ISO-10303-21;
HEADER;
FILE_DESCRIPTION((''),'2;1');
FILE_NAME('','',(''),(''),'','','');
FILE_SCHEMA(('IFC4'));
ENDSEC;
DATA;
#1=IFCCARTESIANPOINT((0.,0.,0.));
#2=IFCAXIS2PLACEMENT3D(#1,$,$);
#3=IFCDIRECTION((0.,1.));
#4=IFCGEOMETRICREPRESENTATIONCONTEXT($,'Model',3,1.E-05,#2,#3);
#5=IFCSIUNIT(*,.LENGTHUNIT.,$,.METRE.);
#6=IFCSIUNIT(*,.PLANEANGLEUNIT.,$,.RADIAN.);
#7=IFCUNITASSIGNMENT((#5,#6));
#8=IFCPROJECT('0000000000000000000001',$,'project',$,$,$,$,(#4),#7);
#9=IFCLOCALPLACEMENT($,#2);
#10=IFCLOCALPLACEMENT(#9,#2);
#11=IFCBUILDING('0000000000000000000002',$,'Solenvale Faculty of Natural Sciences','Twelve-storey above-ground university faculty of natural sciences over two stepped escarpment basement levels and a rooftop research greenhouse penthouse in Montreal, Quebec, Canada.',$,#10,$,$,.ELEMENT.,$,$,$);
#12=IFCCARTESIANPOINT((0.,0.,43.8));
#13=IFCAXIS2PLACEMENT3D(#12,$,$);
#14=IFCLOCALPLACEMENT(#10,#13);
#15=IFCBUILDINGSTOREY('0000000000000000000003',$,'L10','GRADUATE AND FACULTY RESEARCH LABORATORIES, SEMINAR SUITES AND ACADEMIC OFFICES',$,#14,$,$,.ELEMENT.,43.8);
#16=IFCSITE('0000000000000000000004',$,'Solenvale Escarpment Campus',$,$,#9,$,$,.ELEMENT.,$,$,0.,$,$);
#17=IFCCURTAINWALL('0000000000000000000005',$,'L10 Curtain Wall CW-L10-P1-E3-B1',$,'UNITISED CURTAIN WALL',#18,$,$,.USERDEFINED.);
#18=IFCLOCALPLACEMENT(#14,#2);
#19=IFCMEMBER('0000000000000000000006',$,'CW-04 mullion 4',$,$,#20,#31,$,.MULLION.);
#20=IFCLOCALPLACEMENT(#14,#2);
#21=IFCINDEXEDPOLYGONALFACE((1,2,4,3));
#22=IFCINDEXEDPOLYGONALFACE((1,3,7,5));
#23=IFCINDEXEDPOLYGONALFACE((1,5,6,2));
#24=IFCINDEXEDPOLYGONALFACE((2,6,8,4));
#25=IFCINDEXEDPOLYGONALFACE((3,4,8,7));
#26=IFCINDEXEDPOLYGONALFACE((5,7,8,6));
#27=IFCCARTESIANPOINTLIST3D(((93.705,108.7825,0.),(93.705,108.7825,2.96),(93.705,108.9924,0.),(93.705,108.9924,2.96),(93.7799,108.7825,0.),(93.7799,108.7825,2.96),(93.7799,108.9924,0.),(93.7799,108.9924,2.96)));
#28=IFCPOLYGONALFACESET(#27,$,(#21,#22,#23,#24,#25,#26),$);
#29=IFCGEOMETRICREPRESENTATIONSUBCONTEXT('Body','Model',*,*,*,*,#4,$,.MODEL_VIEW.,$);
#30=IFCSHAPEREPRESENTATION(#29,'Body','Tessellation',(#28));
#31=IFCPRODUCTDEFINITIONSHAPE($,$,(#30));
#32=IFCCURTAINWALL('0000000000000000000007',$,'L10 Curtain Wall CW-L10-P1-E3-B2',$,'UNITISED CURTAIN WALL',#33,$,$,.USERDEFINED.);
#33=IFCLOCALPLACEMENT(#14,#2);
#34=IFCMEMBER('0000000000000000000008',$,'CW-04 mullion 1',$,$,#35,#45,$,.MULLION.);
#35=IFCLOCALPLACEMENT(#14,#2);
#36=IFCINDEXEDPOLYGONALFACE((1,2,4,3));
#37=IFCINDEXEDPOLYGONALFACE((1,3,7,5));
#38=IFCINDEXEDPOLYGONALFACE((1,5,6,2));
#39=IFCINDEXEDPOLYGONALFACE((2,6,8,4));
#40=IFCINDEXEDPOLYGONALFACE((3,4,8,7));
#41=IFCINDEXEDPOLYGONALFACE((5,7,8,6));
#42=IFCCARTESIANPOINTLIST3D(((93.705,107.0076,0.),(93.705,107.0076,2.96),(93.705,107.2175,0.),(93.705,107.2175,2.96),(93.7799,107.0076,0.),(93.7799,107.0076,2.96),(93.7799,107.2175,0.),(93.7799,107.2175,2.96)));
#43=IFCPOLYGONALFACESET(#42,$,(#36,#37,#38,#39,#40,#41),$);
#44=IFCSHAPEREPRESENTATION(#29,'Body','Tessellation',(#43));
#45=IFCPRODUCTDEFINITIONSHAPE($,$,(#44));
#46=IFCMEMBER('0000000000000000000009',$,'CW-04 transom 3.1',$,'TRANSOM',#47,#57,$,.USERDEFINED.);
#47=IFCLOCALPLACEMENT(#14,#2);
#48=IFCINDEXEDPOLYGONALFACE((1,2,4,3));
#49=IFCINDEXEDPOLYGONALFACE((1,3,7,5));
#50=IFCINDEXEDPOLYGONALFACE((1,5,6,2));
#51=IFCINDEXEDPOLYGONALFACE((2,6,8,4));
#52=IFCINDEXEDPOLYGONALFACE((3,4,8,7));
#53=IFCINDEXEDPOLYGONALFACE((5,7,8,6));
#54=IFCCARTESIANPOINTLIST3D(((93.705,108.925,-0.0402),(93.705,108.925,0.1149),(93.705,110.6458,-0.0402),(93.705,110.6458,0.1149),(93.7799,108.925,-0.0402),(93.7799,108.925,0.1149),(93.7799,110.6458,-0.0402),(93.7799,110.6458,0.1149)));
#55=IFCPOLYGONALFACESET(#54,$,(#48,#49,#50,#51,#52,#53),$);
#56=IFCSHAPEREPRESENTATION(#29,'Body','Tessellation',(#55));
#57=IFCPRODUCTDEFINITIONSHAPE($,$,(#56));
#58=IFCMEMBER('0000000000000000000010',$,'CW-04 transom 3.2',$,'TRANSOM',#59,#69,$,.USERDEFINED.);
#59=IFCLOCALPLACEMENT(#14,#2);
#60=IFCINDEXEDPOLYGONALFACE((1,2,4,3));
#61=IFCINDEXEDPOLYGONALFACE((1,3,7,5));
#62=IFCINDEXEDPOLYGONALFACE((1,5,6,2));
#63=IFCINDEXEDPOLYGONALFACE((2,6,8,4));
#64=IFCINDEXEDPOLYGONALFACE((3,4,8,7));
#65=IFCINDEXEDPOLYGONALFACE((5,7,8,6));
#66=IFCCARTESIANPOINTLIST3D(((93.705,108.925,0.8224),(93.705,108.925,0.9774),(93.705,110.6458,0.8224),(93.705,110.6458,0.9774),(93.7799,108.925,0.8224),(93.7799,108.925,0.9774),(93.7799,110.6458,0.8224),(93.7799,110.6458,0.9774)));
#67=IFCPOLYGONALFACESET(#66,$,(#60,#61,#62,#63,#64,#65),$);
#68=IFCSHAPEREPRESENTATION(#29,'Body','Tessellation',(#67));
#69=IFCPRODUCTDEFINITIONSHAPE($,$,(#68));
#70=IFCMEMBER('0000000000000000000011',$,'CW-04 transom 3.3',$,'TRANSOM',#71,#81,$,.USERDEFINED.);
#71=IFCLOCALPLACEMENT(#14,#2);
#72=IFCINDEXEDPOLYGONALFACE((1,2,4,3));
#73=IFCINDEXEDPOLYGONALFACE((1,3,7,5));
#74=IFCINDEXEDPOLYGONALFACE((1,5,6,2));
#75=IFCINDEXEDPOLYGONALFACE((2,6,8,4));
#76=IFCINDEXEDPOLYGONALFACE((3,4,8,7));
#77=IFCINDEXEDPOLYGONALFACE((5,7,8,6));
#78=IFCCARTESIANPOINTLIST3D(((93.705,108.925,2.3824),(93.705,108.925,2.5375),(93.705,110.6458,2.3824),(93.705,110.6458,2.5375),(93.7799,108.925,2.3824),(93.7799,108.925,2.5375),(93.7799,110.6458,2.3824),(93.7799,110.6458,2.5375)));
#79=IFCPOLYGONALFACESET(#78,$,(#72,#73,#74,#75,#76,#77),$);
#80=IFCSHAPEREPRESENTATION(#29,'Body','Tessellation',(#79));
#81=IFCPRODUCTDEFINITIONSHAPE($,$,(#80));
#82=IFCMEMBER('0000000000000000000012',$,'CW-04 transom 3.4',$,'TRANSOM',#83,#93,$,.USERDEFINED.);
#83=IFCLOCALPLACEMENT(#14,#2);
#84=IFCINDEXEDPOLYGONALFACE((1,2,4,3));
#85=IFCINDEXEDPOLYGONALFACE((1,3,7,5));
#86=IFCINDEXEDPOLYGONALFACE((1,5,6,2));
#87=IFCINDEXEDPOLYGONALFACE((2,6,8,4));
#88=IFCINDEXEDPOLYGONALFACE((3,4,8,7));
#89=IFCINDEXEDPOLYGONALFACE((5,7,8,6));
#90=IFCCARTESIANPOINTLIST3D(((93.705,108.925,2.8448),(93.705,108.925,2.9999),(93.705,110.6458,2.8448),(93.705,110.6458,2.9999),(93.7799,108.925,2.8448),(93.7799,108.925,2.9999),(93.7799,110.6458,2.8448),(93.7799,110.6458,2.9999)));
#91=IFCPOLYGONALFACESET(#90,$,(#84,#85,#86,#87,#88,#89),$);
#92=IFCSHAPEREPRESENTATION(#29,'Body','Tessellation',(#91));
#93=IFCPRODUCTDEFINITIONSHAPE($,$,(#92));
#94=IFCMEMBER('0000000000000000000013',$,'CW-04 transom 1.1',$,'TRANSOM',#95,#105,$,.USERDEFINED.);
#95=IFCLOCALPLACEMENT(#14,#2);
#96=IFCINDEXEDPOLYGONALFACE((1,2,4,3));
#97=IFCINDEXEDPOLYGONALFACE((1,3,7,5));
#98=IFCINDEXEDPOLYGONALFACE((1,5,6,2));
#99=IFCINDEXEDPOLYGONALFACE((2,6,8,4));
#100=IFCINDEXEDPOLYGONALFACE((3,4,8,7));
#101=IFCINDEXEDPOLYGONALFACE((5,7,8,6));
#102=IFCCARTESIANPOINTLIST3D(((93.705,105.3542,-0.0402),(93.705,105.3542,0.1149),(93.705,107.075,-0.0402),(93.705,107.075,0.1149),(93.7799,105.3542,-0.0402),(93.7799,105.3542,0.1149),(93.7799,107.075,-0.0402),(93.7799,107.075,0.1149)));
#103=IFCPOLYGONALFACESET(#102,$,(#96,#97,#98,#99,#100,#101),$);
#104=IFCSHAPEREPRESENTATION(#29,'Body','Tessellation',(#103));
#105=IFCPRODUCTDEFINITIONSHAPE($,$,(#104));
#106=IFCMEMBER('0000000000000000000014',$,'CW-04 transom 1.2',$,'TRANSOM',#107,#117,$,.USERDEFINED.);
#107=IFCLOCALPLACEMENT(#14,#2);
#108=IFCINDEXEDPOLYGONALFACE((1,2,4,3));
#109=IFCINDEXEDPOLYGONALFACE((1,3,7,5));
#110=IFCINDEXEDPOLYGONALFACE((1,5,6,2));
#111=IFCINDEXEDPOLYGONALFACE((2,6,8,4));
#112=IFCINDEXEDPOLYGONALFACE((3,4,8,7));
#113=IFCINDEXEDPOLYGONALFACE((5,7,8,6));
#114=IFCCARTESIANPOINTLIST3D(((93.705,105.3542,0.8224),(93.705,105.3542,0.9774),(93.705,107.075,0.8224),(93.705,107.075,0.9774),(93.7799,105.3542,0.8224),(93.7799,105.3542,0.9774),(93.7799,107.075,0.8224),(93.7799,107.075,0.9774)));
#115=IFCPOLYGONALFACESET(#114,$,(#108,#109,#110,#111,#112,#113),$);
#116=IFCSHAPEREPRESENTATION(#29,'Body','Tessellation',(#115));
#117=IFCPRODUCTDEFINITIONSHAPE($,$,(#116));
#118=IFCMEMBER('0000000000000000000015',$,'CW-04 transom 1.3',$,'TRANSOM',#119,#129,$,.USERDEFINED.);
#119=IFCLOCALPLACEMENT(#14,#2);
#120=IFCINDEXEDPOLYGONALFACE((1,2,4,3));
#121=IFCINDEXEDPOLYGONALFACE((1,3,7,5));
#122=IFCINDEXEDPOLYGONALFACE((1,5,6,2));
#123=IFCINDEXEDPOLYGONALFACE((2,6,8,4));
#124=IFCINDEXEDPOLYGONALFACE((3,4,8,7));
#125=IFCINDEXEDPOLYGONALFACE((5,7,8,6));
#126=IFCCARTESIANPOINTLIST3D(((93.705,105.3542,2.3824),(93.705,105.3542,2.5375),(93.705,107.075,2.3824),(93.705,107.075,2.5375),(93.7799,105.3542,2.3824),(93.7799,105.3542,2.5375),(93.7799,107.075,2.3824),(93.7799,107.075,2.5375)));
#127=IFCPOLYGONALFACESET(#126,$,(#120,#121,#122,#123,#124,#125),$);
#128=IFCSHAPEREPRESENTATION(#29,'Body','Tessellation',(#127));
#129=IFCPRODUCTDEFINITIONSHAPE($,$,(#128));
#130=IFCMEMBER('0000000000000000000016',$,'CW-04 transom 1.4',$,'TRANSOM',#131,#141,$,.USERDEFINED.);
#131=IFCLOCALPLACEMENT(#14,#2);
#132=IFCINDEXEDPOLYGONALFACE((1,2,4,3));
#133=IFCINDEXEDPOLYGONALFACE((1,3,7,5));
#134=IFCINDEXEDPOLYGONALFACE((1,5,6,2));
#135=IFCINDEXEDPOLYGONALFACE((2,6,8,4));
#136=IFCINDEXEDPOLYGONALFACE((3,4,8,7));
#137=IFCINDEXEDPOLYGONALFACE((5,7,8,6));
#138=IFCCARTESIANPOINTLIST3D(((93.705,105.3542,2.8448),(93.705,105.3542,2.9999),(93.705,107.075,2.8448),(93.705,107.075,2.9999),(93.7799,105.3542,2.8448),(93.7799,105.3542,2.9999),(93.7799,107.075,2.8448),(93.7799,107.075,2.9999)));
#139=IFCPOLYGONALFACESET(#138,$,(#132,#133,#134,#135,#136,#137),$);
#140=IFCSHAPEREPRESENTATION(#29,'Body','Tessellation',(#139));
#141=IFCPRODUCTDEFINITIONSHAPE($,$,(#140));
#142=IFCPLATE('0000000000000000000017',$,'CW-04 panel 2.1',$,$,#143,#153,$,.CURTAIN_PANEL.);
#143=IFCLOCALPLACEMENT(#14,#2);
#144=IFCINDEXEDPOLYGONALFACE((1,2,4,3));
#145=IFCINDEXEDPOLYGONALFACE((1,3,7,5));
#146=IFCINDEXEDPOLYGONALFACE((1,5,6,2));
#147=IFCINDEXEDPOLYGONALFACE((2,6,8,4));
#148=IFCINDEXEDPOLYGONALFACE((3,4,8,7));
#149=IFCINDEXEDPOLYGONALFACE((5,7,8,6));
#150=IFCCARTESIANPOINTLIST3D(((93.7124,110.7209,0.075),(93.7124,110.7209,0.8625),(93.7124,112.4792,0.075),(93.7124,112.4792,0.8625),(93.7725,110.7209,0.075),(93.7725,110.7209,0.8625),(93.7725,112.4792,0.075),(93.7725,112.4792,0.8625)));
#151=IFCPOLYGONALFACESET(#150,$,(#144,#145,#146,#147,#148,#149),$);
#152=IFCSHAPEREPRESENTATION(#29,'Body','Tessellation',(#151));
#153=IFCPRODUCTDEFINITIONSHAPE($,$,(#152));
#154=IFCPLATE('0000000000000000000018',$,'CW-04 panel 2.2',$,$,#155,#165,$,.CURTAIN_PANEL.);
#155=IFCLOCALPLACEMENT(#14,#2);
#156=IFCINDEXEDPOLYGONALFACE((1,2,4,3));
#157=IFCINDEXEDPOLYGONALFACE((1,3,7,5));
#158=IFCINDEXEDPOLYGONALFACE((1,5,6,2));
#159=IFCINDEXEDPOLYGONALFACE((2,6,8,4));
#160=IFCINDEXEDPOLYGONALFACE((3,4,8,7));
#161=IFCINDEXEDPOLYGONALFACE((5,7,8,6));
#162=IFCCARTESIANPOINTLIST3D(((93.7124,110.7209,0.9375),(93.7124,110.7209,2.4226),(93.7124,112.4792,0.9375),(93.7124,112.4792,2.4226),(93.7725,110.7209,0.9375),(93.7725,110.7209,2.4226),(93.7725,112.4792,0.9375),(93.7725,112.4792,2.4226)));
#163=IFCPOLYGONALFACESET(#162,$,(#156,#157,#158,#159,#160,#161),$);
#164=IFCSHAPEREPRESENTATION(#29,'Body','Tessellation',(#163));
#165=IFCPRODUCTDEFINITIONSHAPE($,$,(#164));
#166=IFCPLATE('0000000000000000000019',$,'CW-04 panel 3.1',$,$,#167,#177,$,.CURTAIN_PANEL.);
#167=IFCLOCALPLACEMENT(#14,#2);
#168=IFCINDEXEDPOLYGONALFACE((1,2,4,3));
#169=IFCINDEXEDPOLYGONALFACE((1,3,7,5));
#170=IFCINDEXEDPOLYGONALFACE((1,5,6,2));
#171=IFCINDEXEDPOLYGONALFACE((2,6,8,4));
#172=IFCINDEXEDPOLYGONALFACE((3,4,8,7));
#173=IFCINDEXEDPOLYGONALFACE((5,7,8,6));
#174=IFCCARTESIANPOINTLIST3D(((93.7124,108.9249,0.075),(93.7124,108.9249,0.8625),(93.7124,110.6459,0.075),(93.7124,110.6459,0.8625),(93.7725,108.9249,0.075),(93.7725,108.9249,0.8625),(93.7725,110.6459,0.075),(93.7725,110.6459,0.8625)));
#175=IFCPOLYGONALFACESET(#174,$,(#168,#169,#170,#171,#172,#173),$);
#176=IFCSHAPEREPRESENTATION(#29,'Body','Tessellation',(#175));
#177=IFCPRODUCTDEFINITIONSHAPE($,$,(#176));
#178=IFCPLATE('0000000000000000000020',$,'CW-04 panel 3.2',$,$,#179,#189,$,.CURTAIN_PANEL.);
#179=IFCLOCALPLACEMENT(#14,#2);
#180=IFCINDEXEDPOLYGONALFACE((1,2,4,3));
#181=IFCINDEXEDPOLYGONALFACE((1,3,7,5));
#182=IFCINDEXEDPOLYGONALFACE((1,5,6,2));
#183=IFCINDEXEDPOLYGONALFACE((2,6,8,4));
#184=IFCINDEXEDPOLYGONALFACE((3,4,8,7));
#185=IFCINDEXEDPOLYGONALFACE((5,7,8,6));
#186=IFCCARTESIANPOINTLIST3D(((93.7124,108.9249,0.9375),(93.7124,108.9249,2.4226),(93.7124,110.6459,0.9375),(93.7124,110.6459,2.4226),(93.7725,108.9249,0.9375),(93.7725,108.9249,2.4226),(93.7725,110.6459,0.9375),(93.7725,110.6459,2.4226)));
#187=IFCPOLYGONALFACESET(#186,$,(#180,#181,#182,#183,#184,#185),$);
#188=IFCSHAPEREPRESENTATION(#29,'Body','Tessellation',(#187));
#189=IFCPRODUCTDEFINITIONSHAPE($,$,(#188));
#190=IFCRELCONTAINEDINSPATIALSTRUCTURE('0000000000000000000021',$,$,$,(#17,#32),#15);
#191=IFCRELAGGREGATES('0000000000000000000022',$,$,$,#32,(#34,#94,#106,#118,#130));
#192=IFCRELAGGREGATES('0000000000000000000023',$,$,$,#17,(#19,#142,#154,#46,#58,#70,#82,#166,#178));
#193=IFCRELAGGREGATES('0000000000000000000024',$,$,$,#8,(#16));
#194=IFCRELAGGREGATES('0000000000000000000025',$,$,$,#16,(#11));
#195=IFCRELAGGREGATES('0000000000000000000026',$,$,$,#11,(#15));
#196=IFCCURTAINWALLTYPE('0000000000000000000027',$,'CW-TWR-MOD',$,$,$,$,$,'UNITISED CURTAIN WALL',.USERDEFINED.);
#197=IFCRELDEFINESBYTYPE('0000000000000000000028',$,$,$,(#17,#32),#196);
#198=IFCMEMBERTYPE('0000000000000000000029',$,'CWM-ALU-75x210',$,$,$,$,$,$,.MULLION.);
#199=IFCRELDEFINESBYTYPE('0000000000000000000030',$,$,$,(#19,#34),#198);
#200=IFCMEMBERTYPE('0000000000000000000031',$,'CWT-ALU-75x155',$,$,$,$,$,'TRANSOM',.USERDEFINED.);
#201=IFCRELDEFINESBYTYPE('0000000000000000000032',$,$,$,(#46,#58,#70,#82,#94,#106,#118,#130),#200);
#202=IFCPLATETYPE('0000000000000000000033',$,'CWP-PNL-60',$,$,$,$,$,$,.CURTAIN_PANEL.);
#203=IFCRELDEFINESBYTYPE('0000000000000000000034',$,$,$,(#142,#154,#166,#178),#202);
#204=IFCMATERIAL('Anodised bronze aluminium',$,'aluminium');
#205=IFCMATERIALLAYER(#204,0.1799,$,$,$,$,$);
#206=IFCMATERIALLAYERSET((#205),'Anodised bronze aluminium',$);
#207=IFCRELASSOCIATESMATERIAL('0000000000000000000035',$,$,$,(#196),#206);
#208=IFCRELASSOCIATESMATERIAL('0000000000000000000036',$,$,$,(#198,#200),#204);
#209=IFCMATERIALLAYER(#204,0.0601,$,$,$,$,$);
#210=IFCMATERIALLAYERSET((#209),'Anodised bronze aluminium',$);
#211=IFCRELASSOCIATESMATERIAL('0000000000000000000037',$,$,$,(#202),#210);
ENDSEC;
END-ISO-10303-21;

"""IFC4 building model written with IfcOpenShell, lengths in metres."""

from ifc_helpers import new_model, si_unit, direction, frame, origin, origin_2d, place, context, subcontext, project, spatial, rectangle, extrude, material, layer, layer_set, material_profile, profile_set, type_object, element, aggregate, save


model = new_model("IFC4")

# Units and contexts
model_context = context("Model", 3, precision=1e-05, world=origin(), true_north=direction((0.0, 1.0)))
body_context = subcontext(model_context, "Body", "Model", "MODEL_VIEW")
ifc_project = project(units=[si_unit("LENGTHUNIT", "METRE"), si_unit("PLANEANGLEUNIT", "RADIAN")], contexts=[model_context])

# Site, building, storey
site_placement = place(None, origin())
site = spatial("IfcSite", under=ifc_project, at=site_placement, Name="Solenvale Escarpment Campus", CompositionType="ELEMENT", RefElevation=0.0)
building_placement = place(site_placement, origin())
building = spatial("IfcBuilding", under=site, at=building_placement, Name="Solenvale Faculty of Natural Sciences", Description="Twelve-storey above-ground university faculty of natural sciences over two stepped escarpment basement levels and a rooftop research greenhouse penthouse in Montreal, Quebec, Canada.", CompositionType="ELEMENT")
storey_placement = place(building_placement, frame((0.0, 0.0, 43.8)))
storey = spatial("IfcBuildingStorey", under=building, at=storey_placement, Name="L10", Description="GRADUATE AND FACULTY RESEARCH LABORATORIES, SEMINAR SUITES AND ACADEMIC OFFICES", CompositionType="ELEMENT", Elevation=43.8)

# Curtain wall, member
ifc_material_1 = material(Name="Anodised bronze aluminium", Category="aluminium")
ifc_layer_1 = layer(ifc_material_1, 0.1799)
ifc_layer_set_1 = layer_set([ifc_layer_1], Name="Anodised bronze aluminium")
curtain_wall_type = type_object("IfcCurtainWallType", Name="CW-TWR-MOD", ElementType="UNITISED CURTAIN WALL", PredefinedType="USERDEFINED", material=ifc_layer_set_1)
curtain_wall_1_placement = place(storey_placement, origin())
curtain_wall_1 = element("IfcCurtainWall", 1, at=curtain_wall_1_placement, inside=storey, type_object=curtain_wall_type, Name="L10 Curtain Wall CW-L10-P1-E3-B1", ObjectType="UNITISED CURTAIN WALL", PredefinedType="USERDEFINED")
ifc_material_profile_1 = material_profile(ifc_material_1, rectangle(XDim=0.075, YDim=0.21, at=origin_2d()), Name="ALU-MUL-75x210")
ifc_profile_set_1 = profile_set([ifc_material_profile_1], Name="Anodised bronze aluminium")
member_type_1 = type_object("IfcMemberType", Name="CWM-ALU-75x210", PredefinedType="MULLION", material=ifc_profile_set_1)
member_1_placement = place(storey_placement, frame((93.7424, 108.8875, 0.0), z_axis=(0.0, 0.0, 1.0), x_axis=(1.0, 0.0, 0.0)))
member_1 = element("IfcMember", 2, at=member_1_placement, type_object=member_type_1, Name="CW-04 mullion 4", PredefinedType="MULLION", context=body_context, shape_type="SweptSolid", body=[
    extrude(rectangle(XDim=0.075, YDim=0.21, at=origin_2d()), origin(), (0.0, 0.0, 1.0), 2.96),
])

# Curtain wall, member
curtain_wall_2_placement = place(storey_placement, origin())
curtain_wall_2 = element("IfcCurtainWall", 3, at=curtain_wall_2_placement, inside=storey, type_object=curtain_wall_type, Name="L10 Curtain Wall CW-L10-P1-E3-B2", ObjectType="UNITISED CURTAIN WALL", PredefinedType="USERDEFINED")
member_2_placement = place(storey_placement, frame((93.7424, 107.1125, 0.0), z_axis=(0.0, 0.0, 1.0), x_axis=(1.0, 0.0, 0.0)))
member_2 = element("IfcMember", 4, at=member_2_placement, type_object=member_type_1, Name="CW-04 mullion 1", PredefinedType="MULLION", context=body_context, shape_type="SweptSolid", body=[
    extrude(rectangle(XDim=0.075, YDim=0.21, at=origin_2d()), origin(), (0.0, 0.0, 1.0), 2.96),
])

# Members
ifc_material_profile_2 = material_profile(ifc_material_1, rectangle(XDim=0.075, YDim=0.155, at=origin_2d()), Name="ALU-TRN-75x155")
ifc_profile_set_2 = profile_set([ifc_material_profile_2], Name="Anodised bronze aluminium")
member_type_2 = type_object("IfcMemberType", Name="CWT-ALU-75x155", ElementType="TRANSOM", PredefinedType="USERDEFINED", material=ifc_profile_set_2)
member_3_placement = place(storey_placement, frame((93.7424, 110.6458, 0.0374), z_axis=(0.0, -1.0, 0.0), x_axis=(1.0, 0.0, 0.0)))
member_3 = element("IfcMember", 5, at=member_3_placement, type_object=member_type_2, Name="CW-04 transom 3.1", ObjectType="TRANSOM", PredefinedType="USERDEFINED", context=body_context, shape_type="SweptSolid", body=[
    extrude(rectangle(XDim=0.075, YDim=0.155, at=origin_2d()), origin(), (0.0, 0.0, 1.0), 1.7207),
])
member_4_placement = place(storey_placement, frame((93.7424, 110.6458, 0.8999), z_axis=(0.0, -1.0, 0.0), x_axis=(1.0, 0.0, 0.0)))
member_4 = element("IfcMember", 6, at=member_4_placement, type_object=member_type_2, Name="CW-04 transom 3.2", ObjectType="TRANSOM", PredefinedType="USERDEFINED", context=body_context, shape_type="SweptSolid", body=[
    extrude(rectangle(XDim=0.075, YDim=0.155, at=origin_2d()), origin(), (0.0, 0.0, 1.0), 1.7207),
])
member_5_placement = place(storey_placement, frame((93.7424, 110.6458, 2.46), z_axis=(0.0, -1.0, 0.0), x_axis=(1.0, 0.0, 0.0)))
member_5 = element("IfcMember", 7, at=member_5_placement, type_object=member_type_2, Name="CW-04 transom 3.3", ObjectType="TRANSOM", PredefinedType="USERDEFINED", context=body_context, shape_type="SweptSolid", body=[
    extrude(rectangle(XDim=0.075, YDim=0.155, at=origin_2d()), origin(), (0.0, 0.0, 1.0), 1.7207),
])
member_6_placement = place(storey_placement, frame((93.7424, 110.6458, 2.9224), z_axis=(0.0, -1.0, 0.0), x_axis=(1.0, 0.0, 0.0)))
member_6 = element("IfcMember", 8, at=member_6_placement, type_object=member_type_2, Name="CW-04 transom 3.4", ObjectType="TRANSOM", PredefinedType="USERDEFINED", context=body_context, shape_type="SweptSolid", body=[
    extrude(rectangle(XDim=0.075, YDim=0.155, at=origin_2d()), origin(), (0.0, 0.0, 1.0), 1.7207),
])
member_7_placement = place(storey_placement, frame((93.7424, 107.075, 0.0374), z_axis=(0.0, -1.0, 0.0), x_axis=(1.0, 0.0, 0.0)))
member_7 = element("IfcMember", 9, at=member_7_placement, type_object=member_type_2, Name="CW-04 transom 1.1", ObjectType="TRANSOM", PredefinedType="USERDEFINED", context=body_context, shape_type="SweptSolid", body=[
    extrude(rectangle(XDim=0.075, YDim=0.155, at=origin_2d()), origin(), (0.0, 0.0, 1.0), 1.7207),
])
member_8_placement = place(storey_placement, frame((93.7424, 107.075, 0.8999), z_axis=(0.0, -1.0, 0.0), x_axis=(1.0, 0.0, 0.0)))
member_8 = element("IfcMember", 10, at=member_8_placement, type_object=member_type_2, Name="CW-04 transom 1.2", ObjectType="TRANSOM", PredefinedType="USERDEFINED", context=body_context, shape_type="SweptSolid", body=[
    extrude(rectangle(XDim=0.075, YDim=0.155, at=origin_2d()), origin(), (0.0, 0.0, 1.0), 1.7207),
])
member_9_placement = place(storey_placement, frame((93.7424, 107.075, 2.46), z_axis=(0.0, -1.0, 0.0), x_axis=(1.0, 0.0, 0.0)))
member_9 = element("IfcMember", 11, at=member_9_placement, type_object=member_type_2, Name="CW-04 transom 1.3", ObjectType="TRANSOM", PredefinedType="USERDEFINED", context=body_context, shape_type="SweptSolid", body=[
    extrude(rectangle(XDim=0.075, YDim=0.155, at=origin_2d()), origin(), (0.0, 0.0, 1.0), 1.7207),
])
member_10_placement = place(storey_placement, frame((93.7424, 107.075, 2.9224), z_axis=(0.0, -1.0, 0.0), x_axis=(1.0, 0.0, 0.0)))
member_10 = element("IfcMember", 12, at=member_10_placement, type_object=member_type_2, Name="CW-04 transom 1.4", ObjectType="TRANSOM", PredefinedType="USERDEFINED", context=body_context, shape_type="SweptSolid", body=[
    extrude(rectangle(XDim=0.075, YDim=0.155, at=origin_2d()), origin(), (0.0, 0.0, 1.0), 1.7207),
])
aggregate(curtain_wall_2, [member_2, member_7, member_8, member_9, member_10])

# Plates
ifc_layer_2 = layer(ifc_material_1, 0.0601)
ifc_layer_set_2 = layer_set([ifc_layer_2], Name="Anodised bronze aluminium")
plate_type = type_object("IfcPlateType", Name="CWP-PNL-60", PredefinedType="CURTAIN_PANEL", material=ifc_layer_set_2)
plate_1_placement = place(storey_placement, frame((93.7424, 111.6001, 0.075), z_axis=(0.0, 0.0, 1.0), x_axis=(0.0, -1.0, 0.0)))
plate_1 = element("IfcPlate", 13, at=plate_1_placement, type_object=plate_type, Name="CW-04 panel 2.1", PredefinedType="CURTAIN_PANEL", context=body_context, shape_type="SweptSolid", body=[
    extrude(rectangle(XDim=1.7583, YDim=0.0601, at=origin_2d()), origin(), (0.0, 0.0, 1.0), 0.7876),
])
plate_2_placement = place(storey_placement, frame((93.7424, 111.6001, 0.9375), z_axis=(0.0, 0.0, 1.0), x_axis=(0.0, -1.0, 0.0)))
plate_2 = element("IfcPlate", 14, at=plate_2_placement, type_object=plate_type, Name="CW-04 panel 2.2", PredefinedType="CURTAIN_PANEL", context=body_context, shape_type="SweptSolid", body=[
    extrude(rectangle(XDim=1.7583, YDim=0.0601, at=origin_2d()), origin(), (0.0, 0.0, 1.0), 1.4851),
])
plate_3_placement = place(storey_placement, frame((93.7424, 109.7854, 0.075), z_axis=(0.0, 0.0, 1.0), x_axis=(0.0, -1.0, 0.0)))
plate_3 = element("IfcPlate", 15, at=plate_3_placement, type_object=plate_type, Name="CW-04 panel 3.1", PredefinedType="CURTAIN_PANEL", context=body_context, shape_type="SweptSolid", body=[
    extrude(rectangle(XDim=1.7209, YDim=0.0601, at=origin_2d()), origin(), (0.0, 0.0, 1.0), 0.7876),
])
plate_4_placement = place(storey_placement, frame((93.7424, 109.7854, 0.9375), z_axis=(0.0, 0.0, 1.0), x_axis=(0.0, -1.0, 0.0)))
plate_4 = element("IfcPlate", 16, at=plate_4_placement, type_object=plate_type, Name="CW-04 panel 3.2", PredefinedType="CURTAIN_PANEL", context=body_context, shape_type="SweptSolid", body=[
    extrude(rectangle(XDim=1.7209, YDim=0.0601, at=origin_2d()), origin(), (0.0, 0.0, 1.0), 1.4851),
])
aggregate(curtain_wall_1, [member_1, plate_1, plate_2, member_3, member_4, member_5, member_6, plate_3, plate_4])

save(model, "model.ifc")
